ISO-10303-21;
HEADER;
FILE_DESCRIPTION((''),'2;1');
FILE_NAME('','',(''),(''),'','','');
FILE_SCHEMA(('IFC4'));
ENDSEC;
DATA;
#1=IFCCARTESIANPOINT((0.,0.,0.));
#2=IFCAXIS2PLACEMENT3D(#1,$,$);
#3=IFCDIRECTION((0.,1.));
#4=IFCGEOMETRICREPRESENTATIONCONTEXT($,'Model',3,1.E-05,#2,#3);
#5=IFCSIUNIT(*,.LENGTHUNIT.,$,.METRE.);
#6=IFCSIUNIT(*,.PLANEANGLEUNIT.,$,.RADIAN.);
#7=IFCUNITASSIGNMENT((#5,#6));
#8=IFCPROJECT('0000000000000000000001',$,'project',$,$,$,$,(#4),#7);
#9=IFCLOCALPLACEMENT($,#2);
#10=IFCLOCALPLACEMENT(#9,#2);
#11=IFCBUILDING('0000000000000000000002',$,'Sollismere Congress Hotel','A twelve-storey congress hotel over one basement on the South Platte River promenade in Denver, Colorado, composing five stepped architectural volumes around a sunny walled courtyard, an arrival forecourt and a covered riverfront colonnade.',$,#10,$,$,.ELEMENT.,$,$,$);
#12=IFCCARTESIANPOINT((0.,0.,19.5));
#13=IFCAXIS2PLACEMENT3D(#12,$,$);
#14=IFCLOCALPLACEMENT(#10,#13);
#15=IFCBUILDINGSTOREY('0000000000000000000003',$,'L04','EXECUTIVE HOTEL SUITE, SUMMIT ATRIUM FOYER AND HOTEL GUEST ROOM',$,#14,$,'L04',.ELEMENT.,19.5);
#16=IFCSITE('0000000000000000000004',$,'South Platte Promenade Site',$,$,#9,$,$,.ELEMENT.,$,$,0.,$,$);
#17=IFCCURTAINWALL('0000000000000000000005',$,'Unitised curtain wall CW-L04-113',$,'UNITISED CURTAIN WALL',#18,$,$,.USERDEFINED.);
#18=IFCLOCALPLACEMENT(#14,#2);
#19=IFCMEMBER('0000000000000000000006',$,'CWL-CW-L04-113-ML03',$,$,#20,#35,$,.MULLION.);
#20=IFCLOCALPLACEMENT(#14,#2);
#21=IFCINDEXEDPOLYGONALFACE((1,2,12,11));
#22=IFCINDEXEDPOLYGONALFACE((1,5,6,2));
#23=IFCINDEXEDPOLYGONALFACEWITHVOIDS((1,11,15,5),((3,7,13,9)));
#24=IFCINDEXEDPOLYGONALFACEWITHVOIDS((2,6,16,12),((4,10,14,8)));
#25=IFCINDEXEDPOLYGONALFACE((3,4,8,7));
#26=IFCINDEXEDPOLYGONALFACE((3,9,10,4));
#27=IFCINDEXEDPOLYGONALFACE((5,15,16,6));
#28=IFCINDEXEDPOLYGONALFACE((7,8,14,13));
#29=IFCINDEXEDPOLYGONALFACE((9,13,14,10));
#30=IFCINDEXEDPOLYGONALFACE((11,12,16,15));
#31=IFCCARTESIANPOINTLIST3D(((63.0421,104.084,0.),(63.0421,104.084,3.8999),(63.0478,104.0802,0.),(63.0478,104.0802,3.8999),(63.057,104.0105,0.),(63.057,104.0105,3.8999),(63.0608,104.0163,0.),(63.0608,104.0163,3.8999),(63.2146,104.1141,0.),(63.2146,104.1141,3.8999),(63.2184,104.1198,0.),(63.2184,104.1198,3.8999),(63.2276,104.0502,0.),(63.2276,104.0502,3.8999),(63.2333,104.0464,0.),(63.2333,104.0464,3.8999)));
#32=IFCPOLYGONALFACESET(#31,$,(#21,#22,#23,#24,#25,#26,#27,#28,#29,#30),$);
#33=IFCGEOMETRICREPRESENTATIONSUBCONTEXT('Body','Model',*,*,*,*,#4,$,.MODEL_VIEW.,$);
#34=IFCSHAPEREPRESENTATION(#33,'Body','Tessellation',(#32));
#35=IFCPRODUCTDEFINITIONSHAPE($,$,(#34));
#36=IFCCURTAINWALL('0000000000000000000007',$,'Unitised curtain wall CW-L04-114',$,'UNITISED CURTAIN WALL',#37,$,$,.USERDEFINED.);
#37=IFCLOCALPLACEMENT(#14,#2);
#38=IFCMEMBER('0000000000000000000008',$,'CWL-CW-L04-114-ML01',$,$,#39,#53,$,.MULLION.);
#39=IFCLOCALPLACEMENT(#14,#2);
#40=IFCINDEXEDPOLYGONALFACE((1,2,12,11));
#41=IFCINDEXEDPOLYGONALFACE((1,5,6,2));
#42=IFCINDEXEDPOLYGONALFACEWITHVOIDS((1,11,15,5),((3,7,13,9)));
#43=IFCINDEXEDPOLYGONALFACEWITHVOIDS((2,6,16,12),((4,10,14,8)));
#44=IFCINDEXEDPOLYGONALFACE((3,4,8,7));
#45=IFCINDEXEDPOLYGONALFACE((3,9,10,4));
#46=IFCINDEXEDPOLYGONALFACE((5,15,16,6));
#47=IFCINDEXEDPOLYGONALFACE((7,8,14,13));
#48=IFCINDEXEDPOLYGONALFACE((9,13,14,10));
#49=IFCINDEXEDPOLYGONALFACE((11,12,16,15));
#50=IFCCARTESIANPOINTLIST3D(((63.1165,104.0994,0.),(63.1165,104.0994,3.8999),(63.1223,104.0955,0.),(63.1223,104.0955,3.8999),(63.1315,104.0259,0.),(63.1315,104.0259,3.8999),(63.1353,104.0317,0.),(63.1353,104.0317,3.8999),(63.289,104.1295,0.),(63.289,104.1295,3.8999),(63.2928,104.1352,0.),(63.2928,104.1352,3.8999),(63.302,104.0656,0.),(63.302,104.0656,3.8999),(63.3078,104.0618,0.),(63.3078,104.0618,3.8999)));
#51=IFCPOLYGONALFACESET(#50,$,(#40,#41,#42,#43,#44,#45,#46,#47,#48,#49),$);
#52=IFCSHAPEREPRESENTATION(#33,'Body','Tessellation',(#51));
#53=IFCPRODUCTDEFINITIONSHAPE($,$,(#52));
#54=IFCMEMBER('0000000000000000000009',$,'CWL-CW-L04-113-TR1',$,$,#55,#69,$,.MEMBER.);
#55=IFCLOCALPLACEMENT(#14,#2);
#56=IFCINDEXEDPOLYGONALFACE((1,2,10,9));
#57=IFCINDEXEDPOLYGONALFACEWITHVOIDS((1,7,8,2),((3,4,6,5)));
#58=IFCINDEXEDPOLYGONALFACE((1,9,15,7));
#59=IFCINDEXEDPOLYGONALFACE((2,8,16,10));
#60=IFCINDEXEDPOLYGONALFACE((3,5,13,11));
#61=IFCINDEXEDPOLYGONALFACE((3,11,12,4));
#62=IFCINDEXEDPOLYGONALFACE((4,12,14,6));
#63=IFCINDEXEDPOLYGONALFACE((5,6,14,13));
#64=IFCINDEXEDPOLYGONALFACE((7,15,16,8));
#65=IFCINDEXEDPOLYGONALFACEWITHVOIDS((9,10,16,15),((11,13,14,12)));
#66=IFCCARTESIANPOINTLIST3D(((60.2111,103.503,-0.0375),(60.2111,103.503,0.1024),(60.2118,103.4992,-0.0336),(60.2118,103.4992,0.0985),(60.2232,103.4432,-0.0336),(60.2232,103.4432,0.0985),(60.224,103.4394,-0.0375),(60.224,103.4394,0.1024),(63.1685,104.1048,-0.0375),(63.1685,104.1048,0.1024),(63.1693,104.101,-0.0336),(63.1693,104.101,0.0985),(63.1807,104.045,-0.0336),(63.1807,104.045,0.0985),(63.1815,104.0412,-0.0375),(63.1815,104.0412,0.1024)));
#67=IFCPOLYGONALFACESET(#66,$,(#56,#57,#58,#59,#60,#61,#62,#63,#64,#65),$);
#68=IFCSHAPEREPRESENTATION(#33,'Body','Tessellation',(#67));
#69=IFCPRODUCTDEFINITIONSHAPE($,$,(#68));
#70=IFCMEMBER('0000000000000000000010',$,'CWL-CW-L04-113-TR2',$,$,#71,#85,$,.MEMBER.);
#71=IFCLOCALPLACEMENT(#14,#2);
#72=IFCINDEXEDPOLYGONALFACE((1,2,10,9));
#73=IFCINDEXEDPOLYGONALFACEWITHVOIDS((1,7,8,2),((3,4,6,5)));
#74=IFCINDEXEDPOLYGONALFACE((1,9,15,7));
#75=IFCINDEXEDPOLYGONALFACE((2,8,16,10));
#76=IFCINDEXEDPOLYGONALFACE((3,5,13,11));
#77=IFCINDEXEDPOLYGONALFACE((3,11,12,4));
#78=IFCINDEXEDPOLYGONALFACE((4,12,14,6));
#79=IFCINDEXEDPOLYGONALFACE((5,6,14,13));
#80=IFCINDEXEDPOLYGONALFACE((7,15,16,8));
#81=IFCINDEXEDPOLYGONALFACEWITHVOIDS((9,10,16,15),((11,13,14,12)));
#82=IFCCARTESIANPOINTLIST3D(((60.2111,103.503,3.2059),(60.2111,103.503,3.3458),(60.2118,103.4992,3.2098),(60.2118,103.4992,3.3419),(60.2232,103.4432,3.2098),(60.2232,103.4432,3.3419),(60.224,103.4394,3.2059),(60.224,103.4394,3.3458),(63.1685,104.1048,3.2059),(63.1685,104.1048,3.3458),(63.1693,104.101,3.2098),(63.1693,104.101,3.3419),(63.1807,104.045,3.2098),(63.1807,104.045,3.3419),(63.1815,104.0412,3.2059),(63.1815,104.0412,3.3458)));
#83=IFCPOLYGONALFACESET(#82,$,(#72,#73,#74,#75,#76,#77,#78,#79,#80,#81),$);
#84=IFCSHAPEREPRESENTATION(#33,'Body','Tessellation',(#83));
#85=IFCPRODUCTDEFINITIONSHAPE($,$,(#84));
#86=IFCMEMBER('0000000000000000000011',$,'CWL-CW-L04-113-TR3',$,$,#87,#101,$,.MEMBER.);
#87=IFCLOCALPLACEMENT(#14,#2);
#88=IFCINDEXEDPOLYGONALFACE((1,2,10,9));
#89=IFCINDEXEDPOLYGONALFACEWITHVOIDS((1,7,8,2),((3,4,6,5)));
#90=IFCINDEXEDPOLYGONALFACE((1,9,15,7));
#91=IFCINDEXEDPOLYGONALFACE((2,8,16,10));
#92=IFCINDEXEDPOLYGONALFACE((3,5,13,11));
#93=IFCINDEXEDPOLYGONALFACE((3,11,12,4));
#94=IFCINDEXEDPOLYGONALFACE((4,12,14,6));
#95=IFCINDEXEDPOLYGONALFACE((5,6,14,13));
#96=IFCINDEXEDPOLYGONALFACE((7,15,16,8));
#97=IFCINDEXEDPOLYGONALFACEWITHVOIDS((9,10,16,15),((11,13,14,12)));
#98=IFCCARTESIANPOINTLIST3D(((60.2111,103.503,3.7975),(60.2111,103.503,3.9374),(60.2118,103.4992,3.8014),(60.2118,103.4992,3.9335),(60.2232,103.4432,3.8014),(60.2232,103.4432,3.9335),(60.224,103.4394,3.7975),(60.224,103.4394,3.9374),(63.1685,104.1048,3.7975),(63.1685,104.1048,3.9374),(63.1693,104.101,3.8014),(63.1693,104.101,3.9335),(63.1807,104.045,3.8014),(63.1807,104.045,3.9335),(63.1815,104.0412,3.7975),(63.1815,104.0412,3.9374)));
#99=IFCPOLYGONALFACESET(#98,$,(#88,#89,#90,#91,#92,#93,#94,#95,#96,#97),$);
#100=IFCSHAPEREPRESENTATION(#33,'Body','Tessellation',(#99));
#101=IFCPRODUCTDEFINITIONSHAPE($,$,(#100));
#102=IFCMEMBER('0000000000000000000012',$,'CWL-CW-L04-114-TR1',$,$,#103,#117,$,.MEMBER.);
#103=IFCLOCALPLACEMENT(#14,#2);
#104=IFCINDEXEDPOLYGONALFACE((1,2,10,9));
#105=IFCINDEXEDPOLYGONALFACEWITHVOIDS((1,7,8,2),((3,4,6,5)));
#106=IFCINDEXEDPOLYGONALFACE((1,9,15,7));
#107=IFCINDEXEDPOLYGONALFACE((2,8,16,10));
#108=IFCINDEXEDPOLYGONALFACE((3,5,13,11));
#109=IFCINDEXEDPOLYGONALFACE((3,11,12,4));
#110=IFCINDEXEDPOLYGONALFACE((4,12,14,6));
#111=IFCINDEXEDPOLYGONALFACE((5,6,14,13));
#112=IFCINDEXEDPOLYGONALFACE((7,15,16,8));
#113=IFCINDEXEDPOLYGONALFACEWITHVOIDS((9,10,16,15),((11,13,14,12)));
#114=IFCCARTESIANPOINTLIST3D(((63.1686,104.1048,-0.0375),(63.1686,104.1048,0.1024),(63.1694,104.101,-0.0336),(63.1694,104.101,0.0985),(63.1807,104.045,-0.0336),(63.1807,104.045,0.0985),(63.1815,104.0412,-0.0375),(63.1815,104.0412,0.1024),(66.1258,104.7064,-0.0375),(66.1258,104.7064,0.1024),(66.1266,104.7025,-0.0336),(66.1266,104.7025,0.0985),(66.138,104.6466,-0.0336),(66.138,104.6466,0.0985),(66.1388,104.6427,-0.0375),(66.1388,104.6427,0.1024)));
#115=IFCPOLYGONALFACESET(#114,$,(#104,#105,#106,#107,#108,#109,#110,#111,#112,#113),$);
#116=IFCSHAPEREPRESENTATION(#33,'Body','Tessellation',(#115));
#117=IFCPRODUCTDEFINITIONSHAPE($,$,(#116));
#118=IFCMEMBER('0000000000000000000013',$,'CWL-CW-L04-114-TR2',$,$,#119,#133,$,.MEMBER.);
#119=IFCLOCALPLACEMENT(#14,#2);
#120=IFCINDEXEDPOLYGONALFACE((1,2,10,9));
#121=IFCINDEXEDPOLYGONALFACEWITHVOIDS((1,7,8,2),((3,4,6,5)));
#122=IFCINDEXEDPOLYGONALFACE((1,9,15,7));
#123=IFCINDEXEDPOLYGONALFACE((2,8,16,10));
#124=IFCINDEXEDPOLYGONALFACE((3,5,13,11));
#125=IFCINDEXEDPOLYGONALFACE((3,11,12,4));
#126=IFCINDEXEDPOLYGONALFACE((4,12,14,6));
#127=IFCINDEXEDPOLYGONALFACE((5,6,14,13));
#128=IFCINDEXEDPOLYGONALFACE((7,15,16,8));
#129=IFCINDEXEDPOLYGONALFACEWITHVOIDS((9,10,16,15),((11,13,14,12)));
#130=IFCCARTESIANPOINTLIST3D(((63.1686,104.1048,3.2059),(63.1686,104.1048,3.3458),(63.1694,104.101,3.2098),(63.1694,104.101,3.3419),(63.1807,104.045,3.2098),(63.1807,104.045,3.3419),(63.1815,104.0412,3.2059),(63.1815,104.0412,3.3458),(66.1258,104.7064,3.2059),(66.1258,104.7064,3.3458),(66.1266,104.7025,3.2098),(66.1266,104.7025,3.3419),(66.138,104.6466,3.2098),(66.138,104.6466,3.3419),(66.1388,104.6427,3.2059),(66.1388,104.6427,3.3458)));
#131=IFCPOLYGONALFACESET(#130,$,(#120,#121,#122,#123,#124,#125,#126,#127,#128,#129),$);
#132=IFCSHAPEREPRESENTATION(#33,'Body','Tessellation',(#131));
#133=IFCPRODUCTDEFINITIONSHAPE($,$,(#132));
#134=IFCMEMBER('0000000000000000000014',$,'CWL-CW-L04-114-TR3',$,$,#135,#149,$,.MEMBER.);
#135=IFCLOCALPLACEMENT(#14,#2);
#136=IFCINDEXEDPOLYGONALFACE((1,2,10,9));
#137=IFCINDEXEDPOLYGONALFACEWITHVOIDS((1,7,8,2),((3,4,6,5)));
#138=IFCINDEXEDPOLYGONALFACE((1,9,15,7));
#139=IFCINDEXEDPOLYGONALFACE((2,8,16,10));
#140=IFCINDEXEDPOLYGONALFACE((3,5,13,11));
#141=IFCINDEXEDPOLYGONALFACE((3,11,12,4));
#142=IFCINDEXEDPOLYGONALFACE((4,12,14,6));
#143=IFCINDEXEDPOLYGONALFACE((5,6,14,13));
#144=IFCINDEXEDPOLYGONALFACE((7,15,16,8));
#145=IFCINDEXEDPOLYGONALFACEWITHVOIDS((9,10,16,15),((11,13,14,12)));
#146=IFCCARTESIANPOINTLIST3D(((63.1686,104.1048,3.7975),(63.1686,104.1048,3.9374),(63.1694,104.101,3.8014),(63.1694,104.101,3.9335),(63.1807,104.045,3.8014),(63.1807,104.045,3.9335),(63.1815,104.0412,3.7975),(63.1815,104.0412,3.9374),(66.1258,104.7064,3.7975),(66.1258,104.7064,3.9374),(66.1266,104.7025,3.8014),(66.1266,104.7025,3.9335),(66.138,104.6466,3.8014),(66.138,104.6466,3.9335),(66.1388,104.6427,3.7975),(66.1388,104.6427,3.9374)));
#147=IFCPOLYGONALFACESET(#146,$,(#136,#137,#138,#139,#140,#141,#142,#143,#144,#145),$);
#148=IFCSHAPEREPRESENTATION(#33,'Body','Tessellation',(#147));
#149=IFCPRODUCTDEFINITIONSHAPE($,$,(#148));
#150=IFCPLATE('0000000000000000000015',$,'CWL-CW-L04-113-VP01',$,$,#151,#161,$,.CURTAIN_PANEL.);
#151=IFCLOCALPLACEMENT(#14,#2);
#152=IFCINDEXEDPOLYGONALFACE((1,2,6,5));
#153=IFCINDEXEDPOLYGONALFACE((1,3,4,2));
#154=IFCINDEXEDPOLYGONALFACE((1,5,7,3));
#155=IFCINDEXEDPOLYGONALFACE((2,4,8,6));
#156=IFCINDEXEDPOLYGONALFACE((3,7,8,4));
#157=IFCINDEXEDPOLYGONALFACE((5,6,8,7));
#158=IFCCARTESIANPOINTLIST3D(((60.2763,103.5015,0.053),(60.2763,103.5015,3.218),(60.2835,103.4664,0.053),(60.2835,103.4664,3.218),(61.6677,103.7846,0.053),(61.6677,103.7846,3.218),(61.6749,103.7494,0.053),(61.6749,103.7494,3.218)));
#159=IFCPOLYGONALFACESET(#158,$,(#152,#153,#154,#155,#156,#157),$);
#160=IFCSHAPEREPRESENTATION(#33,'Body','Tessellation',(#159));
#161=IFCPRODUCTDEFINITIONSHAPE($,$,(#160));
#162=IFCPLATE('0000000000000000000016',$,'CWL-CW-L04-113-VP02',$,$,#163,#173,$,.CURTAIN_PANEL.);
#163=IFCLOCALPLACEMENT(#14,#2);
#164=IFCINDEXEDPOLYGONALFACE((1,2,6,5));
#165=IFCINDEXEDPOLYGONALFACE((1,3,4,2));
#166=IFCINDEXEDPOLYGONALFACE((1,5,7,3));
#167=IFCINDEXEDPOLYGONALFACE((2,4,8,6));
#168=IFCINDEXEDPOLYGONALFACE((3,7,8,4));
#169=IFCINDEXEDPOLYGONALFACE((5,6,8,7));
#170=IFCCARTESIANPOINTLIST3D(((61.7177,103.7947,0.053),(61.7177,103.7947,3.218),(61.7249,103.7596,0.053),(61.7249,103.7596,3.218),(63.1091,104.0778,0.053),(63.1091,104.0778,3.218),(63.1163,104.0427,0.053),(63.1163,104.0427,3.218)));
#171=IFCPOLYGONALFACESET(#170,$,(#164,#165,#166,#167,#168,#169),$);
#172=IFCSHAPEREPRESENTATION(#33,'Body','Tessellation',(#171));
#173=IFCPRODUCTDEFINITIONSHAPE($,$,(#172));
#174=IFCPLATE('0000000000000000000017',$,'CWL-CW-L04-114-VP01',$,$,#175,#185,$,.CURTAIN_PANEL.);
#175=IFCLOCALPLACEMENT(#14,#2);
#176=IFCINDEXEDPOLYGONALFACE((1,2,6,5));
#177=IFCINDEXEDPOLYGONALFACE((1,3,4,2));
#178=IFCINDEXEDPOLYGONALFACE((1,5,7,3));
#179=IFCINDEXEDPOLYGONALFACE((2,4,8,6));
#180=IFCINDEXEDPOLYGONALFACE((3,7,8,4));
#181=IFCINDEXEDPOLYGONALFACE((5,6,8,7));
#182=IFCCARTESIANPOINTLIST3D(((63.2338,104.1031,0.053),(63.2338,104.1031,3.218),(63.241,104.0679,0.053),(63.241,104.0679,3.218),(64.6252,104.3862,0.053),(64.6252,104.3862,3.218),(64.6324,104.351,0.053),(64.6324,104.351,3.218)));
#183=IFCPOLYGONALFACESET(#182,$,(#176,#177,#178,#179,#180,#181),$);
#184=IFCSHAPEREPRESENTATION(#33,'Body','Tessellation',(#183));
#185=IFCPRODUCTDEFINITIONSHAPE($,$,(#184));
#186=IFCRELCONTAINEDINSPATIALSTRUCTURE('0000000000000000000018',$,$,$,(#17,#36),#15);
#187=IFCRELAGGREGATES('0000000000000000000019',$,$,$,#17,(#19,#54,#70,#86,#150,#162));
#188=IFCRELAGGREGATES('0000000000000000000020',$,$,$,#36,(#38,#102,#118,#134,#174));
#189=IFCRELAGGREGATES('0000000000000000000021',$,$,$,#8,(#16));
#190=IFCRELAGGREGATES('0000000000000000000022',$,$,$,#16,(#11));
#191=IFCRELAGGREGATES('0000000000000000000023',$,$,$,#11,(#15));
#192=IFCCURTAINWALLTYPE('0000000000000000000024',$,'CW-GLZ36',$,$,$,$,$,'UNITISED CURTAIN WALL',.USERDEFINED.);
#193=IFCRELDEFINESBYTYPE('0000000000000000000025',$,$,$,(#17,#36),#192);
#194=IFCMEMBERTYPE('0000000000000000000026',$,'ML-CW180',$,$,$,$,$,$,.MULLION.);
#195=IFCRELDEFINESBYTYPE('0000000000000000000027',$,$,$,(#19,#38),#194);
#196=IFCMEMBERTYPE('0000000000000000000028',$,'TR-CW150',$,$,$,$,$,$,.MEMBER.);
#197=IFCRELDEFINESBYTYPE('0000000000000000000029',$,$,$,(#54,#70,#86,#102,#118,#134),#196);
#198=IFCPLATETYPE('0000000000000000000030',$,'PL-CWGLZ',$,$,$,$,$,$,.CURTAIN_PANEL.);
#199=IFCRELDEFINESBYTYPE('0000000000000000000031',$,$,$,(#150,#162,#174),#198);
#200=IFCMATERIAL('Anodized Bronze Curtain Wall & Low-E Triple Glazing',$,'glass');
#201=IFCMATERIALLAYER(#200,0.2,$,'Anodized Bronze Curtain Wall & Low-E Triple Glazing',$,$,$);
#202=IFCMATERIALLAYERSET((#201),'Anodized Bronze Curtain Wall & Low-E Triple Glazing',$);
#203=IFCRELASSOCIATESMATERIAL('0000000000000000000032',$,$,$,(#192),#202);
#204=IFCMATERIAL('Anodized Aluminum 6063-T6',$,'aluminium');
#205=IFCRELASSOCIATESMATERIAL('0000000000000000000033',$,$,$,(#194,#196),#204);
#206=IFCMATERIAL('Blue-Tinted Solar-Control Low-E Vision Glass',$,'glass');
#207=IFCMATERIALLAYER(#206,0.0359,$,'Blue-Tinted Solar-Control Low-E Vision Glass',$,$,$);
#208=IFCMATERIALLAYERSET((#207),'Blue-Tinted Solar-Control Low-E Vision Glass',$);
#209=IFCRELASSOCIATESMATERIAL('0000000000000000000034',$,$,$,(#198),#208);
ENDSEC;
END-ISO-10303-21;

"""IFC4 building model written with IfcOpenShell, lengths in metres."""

from ifc_helpers import new_model, si_unit, direction, frame, origin, origin_2d, place, context, subcontext, project, spatial, rectangle, hollow_rectangle, extrude, material, layer, layer_set, material_profile, profile_set, type_object, element, aggregate, save


model = new_model("IFC4")

# Units and contexts
model_context = context("Model", 3, precision=1e-05, world=origin(), true_north=direction((0.0, 1.0)))
body_context = subcontext(model_context, "Body", "Model", "MODEL_VIEW")
ifc_project = project(units=[si_unit("LENGTHUNIT", "METRE"), si_unit("PLANEANGLEUNIT", "RADIAN")], contexts=[model_context])

# Site, building, storey
site_placement = place(None, origin())
site = spatial("IfcSite", under=ifc_project, at=site_placement, Name="South Platte Promenade Site", CompositionType="ELEMENT", RefElevation=0.0)
building_placement = place(site_placement, origin())
building = spatial("IfcBuilding", under=site, at=building_placement, Name="Sollismere Congress Hotel", Description="A twelve-storey congress hotel over one basement on the South Platte River promenade in Denver, Colorado, composing five stepped architectural volumes around a sunny walled courtyard, an arrival forecourt and a covered riverfront colonnade.", CompositionType="ELEMENT")
storey_placement = place(building_placement, frame((0.0, 0.0, 19.5)))
storey = spatial("IfcBuildingStorey", under=building, at=storey_placement, Name="L04", Description="EXECUTIVE HOTEL SUITE, SUMMIT ATRIUM FOYER AND HOTEL GUEST ROOM", LongName="L04", CompositionType="ELEMENT", Elevation=19.5)

# Curtain wall, member
ifc_material_1 = material(Name="Anodized Bronze Curtain Wall & Low-E Triple Glazing", Category="glass")
ifc_layer_1 = layer(ifc_material_1, 0.2, Name="Anodized Bronze Curtain Wall & Low-E Triple Glazing")
ifc_layer_set_1 = layer_set([ifc_layer_1], Name="Anodized Bronze Curtain Wall & Low-E Triple Glazing")
curtain_wall_type = type_object("IfcCurtainWallType", Name="CW-GLZ36", ElementType="UNITISED CURTAIN WALL", PredefinedType="USERDEFINED", material=ifc_layer_set_1)
curtain_wall_1_placement = place(storey_placement, origin())
curtain_wall_1 = element("IfcCurtainWall", 1, at=curtain_wall_1_placement, inside=storey, type_object=curtain_wall_type, Name="Unitised curtain wall CW-L04-113", ObjectType="UNITISED CURTAIN WALL", PredefinedType="USERDEFINED")
ifc_material_2 = material(Name="Anodized Aluminum 6063-T6", Category="aluminium")
ifc_material_profile_1 = material_profile(ifc_material_2, hollow_rectangle(XDim=0.075, YDim=0.1799, WallThickness=0.0049, at=origin_2d()), Name="ALU180X75X5")
ifc_profile_set_1 = profile_set([ifc_material_profile_1], Name="Anodized Aluminum 6063-T6")
member_type_1 = type_object("IfcMemberType", Name="ML-CW180", PredefinedType="MULLION", material=ifc_profile_set_1)
member_1_placement = place(storey_placement, frame((63.1377, 104.0652, 0.0), z_axis=(0.0, 0.0, 1.0), x_axis=(-0.199368, 0.979925, 0.0)))
member_1 = element("IfcMember", 2, at=member_1_placement, type_object=member_type_1, Name="CWL-CW-L04-113-ML03", PredefinedType="MULLION", context=body_context, shape_type="SweptSolid", body=[
    extrude(hollow_rectangle(XDim=0.075, YDim=0.1799, WallThickness=0.0049, at=origin_2d()), origin(), (0.0, 0.0, 1.0), 3.8999),
])

# Curtain wall, member
curtain_wall_2_placement = place(storey_placement, origin())
curtain_wall_2 = element("IfcCurtainWall", 3, at=curtain_wall_2_placement, inside=storey, type_object=curtain_wall_type, Name="Unitised curtain wall CW-L04-114", ObjectType="UNITISED CURTAIN WALL", PredefinedType="USERDEFINED")
member_2_placement = place(storey_placement, frame((63.2122, 104.0806, 0.0), z_axis=(0.0, 0.0, 1.0), x_axis=(-0.199368, 0.979925, 0.0)))
member_2 = element("IfcMember", 4, at=member_2_placement, type_object=member_type_1, Name="CWL-CW-L04-114-ML01", PredefinedType="MULLION", context=body_context, shape_type="SweptSolid", body=[
    extrude(hollow_rectangle(XDim=0.075, YDim=0.1799, WallThickness=0.0049, at=origin_2d()), origin(), (0.0, 0.0, 1.0), 3.8999),
])

# Members
ifc_material_profile_2 = material_profile(ifc_material_2, hollow_rectangle(XDim=0.0649, YDim=0.1399, WallThickness=0.0039, at=origin_2d()), Name="ALU140X65X4")
ifc_profile_set_2 = profile_set([ifc_material_profile_2], Name="Anodized Aluminum 6063-T6")
member_type_2 = type_object("IfcMemberType", Name="TR-CW150", PredefinedType="MEMBER", material=ifc_profile_set_2)
member_3_placement = place(storey_placement, frame((60.2175, 103.4712, 0.0325), z_axis=(0.979919, 0.199397, 0.0), x_axis=(-0.199397, 0.979919, 0.0)))
member_3 = element("IfcMember", 5, at=member_3_placement, type_object=member_type_2, Name="CWL-CW-L04-113-TR1", PredefinedType="MEMBER", context=body_context, shape_type="SweptSolid", body=[
    extrude(hollow_rectangle(XDim=0.0649, YDim=0.1399, WallThickness=0.0039, at=origin_2d()), origin(), (0.0, 0.0, 1.0), 3.0181),
])
member_4_placement = place(storey_placement, frame((60.2175, 103.4712, 3.2759), z_axis=(0.979919, 0.199397, 0.0), x_axis=(-0.199397, 0.979919, 0.0)))
member_4 = element("IfcMember", 6, at=member_4_placement, type_object=member_type_2, Name="CWL-CW-L04-113-TR2", PredefinedType="MEMBER", context=body_context, shape_type="SweptSolid", body=[
    extrude(hollow_rectangle(XDim=0.0649, YDim=0.1399, WallThickness=0.0039, at=origin_2d()), origin(), (0.0, 0.0, 1.0), 3.0181),
])
member_5_placement = place(storey_placement, frame((60.2175, 103.4712, 3.8674), z_axis=(0.979919, 0.199397, 0.0), x_axis=(-0.199397, 0.979919, 0.0)))
member_5 = element("IfcMember", 7, at=member_5_placement, type_object=member_type_2, Name="CWL-CW-L04-113-TR3", PredefinedType="MEMBER", context=body_context, shape_type="SweptSolid", body=[
    extrude(hollow_rectangle(XDim=0.0649, YDim=0.1399, WallThickness=0.0039, at=origin_2d()), origin(), (0.0, 0.0, 1.0), 3.0181),
])
member_6_placement = place(storey_placement, frame((63.175, 104.073, 0.0325), z_axis=(0.979931, 0.199335, 0.0), x_axis=(-0.199335, 0.979931, 0.0)))
member_6 = element("IfcMember", 8, at=member_6_placement, type_object=member_type_2, Name="CWL-CW-L04-114-TR1", PredefinedType="MEMBER", context=body_context, shape_type="SweptSolid", body=[
    extrude(hollow_rectangle(XDim=0.0649, YDim=0.1399, WallThickness=0.0039, at=origin_2d()), origin(), (0.0, 0.0, 1.0), 3.0178),
])
member_7_placement = place(storey_placement, frame((63.175, 104.073, 3.2759), z_axis=(0.979931, 0.199335, 0.0), x_axis=(-0.199335, 0.979931, 0.0)))
member_7 = element("IfcMember", 9, at=member_7_placement, type_object=member_type_2, Name="CWL-CW-L04-114-TR2", PredefinedType="MEMBER", context=body_context, shape_type="SweptSolid", body=[
    extrude(hollow_rectangle(XDim=0.0649, YDim=0.1399, WallThickness=0.0039, at=origin_2d()), origin(), (0.0, 0.0, 1.0), 3.0178),
])
member_8_placement = place(storey_placement, frame((63.175, 104.073, 3.8674), z_axis=(0.979931, 0.199335, 0.0), x_axis=(-0.199335, 0.979931, 0.0)))
member_8 = element("IfcMember", 10, at=member_8_placement, type_object=member_type_2, Name="CWL-CW-L04-114-TR3", PredefinedType="MEMBER", context=body_context, shape_type="SweptSolid", body=[
    extrude(hollow_rectangle(XDim=0.0649, YDim=0.1399, WallThickness=0.0039, at=origin_2d()), origin(), (0.0, 0.0, 1.0), 3.0178),
])

# Plates
ifc_material_3 = material(Name="Blue-Tinted Solar-Control Low-E Vision Glass", Category="glass")
ifc_layer_2 = layer(ifc_material_3, 0.0359, Name="Blue-Tinted Solar-Control Low-E Vision Glass")
ifc_layer_set_2 = layer_set([ifc_layer_2], Name="Blue-Tinted Solar-Control Low-E Vision Glass")
plate_type_1 = type_object("IfcPlateType", Name="PL-CWGLZ", PredefinedType="CURTAIN_PANEL", material=ifc_layer_set_2)
plate_1_placement = place(storey_placement, frame((60.9756, 103.6255, 0.053), z_axis=(0.0, 0.0, 1.0), x_axis=(0.979925, 0.199368, 0.0)))
plate_1 = element("IfcPlate", 11, at=plate_1_placement, type_object=plate_type_1, Name="CWL-CW-L04-113-VP01", PredefinedType="CURTAIN_PANEL", context=body_context, shape_type="SweptSolid", body=[
    extrude(rectangle(XDim=1.4199, YDim=0.0359, at=origin_2d()), origin(), (0.0, 0.0, 1.0), 3.165),
])
plate_2_placement = place(storey_placement, frame((62.417, 103.9187, 0.053), z_axis=(0.0, 0.0, 1.0), x_axis=(0.979925, 0.199368, 0.0)))
plate_2 = element("IfcPlate", 12, at=plate_2_placement, type_object=plate_type_1, Name="CWL-CW-L04-113-VP02", PredefinedType="CURTAIN_PANEL", context=body_context, shape_type="SweptSolid", body=[
    extrude(rectangle(XDim=1.4199, YDim=0.0359, at=origin_2d()), origin(), (0.0, 0.0, 1.0), 3.165),
])
plate_3_placement = place(storey_placement, frame((63.9331, 104.2271, 0.053), z_axis=(0.0, 0.0, 1.0), x_axis=(0.979925, 0.199368, 0.0)))
plate_3 = element("IfcPlate", 13, at=plate_3_placement, type_object=plate_type_1, Name="CWL-CW-L04-114-VP01", PredefinedType="CURTAIN_PANEL", context=body_context, shape_type="SweptSolid", body=[
    extrude(rectangle(XDim=1.4199, YDim=0.0359, at=origin_2d()), origin(), (0.0, 0.0, 1.0), 3.165),
])
aggregate(curtain_wall_1, [member_1, member_3, member_4, member_5, plate_1, plate_2])
aggregate(curtain_wall_2, [member_2, member_6, member_7, member_8, plate_3])

save(model, "model.ifc")
